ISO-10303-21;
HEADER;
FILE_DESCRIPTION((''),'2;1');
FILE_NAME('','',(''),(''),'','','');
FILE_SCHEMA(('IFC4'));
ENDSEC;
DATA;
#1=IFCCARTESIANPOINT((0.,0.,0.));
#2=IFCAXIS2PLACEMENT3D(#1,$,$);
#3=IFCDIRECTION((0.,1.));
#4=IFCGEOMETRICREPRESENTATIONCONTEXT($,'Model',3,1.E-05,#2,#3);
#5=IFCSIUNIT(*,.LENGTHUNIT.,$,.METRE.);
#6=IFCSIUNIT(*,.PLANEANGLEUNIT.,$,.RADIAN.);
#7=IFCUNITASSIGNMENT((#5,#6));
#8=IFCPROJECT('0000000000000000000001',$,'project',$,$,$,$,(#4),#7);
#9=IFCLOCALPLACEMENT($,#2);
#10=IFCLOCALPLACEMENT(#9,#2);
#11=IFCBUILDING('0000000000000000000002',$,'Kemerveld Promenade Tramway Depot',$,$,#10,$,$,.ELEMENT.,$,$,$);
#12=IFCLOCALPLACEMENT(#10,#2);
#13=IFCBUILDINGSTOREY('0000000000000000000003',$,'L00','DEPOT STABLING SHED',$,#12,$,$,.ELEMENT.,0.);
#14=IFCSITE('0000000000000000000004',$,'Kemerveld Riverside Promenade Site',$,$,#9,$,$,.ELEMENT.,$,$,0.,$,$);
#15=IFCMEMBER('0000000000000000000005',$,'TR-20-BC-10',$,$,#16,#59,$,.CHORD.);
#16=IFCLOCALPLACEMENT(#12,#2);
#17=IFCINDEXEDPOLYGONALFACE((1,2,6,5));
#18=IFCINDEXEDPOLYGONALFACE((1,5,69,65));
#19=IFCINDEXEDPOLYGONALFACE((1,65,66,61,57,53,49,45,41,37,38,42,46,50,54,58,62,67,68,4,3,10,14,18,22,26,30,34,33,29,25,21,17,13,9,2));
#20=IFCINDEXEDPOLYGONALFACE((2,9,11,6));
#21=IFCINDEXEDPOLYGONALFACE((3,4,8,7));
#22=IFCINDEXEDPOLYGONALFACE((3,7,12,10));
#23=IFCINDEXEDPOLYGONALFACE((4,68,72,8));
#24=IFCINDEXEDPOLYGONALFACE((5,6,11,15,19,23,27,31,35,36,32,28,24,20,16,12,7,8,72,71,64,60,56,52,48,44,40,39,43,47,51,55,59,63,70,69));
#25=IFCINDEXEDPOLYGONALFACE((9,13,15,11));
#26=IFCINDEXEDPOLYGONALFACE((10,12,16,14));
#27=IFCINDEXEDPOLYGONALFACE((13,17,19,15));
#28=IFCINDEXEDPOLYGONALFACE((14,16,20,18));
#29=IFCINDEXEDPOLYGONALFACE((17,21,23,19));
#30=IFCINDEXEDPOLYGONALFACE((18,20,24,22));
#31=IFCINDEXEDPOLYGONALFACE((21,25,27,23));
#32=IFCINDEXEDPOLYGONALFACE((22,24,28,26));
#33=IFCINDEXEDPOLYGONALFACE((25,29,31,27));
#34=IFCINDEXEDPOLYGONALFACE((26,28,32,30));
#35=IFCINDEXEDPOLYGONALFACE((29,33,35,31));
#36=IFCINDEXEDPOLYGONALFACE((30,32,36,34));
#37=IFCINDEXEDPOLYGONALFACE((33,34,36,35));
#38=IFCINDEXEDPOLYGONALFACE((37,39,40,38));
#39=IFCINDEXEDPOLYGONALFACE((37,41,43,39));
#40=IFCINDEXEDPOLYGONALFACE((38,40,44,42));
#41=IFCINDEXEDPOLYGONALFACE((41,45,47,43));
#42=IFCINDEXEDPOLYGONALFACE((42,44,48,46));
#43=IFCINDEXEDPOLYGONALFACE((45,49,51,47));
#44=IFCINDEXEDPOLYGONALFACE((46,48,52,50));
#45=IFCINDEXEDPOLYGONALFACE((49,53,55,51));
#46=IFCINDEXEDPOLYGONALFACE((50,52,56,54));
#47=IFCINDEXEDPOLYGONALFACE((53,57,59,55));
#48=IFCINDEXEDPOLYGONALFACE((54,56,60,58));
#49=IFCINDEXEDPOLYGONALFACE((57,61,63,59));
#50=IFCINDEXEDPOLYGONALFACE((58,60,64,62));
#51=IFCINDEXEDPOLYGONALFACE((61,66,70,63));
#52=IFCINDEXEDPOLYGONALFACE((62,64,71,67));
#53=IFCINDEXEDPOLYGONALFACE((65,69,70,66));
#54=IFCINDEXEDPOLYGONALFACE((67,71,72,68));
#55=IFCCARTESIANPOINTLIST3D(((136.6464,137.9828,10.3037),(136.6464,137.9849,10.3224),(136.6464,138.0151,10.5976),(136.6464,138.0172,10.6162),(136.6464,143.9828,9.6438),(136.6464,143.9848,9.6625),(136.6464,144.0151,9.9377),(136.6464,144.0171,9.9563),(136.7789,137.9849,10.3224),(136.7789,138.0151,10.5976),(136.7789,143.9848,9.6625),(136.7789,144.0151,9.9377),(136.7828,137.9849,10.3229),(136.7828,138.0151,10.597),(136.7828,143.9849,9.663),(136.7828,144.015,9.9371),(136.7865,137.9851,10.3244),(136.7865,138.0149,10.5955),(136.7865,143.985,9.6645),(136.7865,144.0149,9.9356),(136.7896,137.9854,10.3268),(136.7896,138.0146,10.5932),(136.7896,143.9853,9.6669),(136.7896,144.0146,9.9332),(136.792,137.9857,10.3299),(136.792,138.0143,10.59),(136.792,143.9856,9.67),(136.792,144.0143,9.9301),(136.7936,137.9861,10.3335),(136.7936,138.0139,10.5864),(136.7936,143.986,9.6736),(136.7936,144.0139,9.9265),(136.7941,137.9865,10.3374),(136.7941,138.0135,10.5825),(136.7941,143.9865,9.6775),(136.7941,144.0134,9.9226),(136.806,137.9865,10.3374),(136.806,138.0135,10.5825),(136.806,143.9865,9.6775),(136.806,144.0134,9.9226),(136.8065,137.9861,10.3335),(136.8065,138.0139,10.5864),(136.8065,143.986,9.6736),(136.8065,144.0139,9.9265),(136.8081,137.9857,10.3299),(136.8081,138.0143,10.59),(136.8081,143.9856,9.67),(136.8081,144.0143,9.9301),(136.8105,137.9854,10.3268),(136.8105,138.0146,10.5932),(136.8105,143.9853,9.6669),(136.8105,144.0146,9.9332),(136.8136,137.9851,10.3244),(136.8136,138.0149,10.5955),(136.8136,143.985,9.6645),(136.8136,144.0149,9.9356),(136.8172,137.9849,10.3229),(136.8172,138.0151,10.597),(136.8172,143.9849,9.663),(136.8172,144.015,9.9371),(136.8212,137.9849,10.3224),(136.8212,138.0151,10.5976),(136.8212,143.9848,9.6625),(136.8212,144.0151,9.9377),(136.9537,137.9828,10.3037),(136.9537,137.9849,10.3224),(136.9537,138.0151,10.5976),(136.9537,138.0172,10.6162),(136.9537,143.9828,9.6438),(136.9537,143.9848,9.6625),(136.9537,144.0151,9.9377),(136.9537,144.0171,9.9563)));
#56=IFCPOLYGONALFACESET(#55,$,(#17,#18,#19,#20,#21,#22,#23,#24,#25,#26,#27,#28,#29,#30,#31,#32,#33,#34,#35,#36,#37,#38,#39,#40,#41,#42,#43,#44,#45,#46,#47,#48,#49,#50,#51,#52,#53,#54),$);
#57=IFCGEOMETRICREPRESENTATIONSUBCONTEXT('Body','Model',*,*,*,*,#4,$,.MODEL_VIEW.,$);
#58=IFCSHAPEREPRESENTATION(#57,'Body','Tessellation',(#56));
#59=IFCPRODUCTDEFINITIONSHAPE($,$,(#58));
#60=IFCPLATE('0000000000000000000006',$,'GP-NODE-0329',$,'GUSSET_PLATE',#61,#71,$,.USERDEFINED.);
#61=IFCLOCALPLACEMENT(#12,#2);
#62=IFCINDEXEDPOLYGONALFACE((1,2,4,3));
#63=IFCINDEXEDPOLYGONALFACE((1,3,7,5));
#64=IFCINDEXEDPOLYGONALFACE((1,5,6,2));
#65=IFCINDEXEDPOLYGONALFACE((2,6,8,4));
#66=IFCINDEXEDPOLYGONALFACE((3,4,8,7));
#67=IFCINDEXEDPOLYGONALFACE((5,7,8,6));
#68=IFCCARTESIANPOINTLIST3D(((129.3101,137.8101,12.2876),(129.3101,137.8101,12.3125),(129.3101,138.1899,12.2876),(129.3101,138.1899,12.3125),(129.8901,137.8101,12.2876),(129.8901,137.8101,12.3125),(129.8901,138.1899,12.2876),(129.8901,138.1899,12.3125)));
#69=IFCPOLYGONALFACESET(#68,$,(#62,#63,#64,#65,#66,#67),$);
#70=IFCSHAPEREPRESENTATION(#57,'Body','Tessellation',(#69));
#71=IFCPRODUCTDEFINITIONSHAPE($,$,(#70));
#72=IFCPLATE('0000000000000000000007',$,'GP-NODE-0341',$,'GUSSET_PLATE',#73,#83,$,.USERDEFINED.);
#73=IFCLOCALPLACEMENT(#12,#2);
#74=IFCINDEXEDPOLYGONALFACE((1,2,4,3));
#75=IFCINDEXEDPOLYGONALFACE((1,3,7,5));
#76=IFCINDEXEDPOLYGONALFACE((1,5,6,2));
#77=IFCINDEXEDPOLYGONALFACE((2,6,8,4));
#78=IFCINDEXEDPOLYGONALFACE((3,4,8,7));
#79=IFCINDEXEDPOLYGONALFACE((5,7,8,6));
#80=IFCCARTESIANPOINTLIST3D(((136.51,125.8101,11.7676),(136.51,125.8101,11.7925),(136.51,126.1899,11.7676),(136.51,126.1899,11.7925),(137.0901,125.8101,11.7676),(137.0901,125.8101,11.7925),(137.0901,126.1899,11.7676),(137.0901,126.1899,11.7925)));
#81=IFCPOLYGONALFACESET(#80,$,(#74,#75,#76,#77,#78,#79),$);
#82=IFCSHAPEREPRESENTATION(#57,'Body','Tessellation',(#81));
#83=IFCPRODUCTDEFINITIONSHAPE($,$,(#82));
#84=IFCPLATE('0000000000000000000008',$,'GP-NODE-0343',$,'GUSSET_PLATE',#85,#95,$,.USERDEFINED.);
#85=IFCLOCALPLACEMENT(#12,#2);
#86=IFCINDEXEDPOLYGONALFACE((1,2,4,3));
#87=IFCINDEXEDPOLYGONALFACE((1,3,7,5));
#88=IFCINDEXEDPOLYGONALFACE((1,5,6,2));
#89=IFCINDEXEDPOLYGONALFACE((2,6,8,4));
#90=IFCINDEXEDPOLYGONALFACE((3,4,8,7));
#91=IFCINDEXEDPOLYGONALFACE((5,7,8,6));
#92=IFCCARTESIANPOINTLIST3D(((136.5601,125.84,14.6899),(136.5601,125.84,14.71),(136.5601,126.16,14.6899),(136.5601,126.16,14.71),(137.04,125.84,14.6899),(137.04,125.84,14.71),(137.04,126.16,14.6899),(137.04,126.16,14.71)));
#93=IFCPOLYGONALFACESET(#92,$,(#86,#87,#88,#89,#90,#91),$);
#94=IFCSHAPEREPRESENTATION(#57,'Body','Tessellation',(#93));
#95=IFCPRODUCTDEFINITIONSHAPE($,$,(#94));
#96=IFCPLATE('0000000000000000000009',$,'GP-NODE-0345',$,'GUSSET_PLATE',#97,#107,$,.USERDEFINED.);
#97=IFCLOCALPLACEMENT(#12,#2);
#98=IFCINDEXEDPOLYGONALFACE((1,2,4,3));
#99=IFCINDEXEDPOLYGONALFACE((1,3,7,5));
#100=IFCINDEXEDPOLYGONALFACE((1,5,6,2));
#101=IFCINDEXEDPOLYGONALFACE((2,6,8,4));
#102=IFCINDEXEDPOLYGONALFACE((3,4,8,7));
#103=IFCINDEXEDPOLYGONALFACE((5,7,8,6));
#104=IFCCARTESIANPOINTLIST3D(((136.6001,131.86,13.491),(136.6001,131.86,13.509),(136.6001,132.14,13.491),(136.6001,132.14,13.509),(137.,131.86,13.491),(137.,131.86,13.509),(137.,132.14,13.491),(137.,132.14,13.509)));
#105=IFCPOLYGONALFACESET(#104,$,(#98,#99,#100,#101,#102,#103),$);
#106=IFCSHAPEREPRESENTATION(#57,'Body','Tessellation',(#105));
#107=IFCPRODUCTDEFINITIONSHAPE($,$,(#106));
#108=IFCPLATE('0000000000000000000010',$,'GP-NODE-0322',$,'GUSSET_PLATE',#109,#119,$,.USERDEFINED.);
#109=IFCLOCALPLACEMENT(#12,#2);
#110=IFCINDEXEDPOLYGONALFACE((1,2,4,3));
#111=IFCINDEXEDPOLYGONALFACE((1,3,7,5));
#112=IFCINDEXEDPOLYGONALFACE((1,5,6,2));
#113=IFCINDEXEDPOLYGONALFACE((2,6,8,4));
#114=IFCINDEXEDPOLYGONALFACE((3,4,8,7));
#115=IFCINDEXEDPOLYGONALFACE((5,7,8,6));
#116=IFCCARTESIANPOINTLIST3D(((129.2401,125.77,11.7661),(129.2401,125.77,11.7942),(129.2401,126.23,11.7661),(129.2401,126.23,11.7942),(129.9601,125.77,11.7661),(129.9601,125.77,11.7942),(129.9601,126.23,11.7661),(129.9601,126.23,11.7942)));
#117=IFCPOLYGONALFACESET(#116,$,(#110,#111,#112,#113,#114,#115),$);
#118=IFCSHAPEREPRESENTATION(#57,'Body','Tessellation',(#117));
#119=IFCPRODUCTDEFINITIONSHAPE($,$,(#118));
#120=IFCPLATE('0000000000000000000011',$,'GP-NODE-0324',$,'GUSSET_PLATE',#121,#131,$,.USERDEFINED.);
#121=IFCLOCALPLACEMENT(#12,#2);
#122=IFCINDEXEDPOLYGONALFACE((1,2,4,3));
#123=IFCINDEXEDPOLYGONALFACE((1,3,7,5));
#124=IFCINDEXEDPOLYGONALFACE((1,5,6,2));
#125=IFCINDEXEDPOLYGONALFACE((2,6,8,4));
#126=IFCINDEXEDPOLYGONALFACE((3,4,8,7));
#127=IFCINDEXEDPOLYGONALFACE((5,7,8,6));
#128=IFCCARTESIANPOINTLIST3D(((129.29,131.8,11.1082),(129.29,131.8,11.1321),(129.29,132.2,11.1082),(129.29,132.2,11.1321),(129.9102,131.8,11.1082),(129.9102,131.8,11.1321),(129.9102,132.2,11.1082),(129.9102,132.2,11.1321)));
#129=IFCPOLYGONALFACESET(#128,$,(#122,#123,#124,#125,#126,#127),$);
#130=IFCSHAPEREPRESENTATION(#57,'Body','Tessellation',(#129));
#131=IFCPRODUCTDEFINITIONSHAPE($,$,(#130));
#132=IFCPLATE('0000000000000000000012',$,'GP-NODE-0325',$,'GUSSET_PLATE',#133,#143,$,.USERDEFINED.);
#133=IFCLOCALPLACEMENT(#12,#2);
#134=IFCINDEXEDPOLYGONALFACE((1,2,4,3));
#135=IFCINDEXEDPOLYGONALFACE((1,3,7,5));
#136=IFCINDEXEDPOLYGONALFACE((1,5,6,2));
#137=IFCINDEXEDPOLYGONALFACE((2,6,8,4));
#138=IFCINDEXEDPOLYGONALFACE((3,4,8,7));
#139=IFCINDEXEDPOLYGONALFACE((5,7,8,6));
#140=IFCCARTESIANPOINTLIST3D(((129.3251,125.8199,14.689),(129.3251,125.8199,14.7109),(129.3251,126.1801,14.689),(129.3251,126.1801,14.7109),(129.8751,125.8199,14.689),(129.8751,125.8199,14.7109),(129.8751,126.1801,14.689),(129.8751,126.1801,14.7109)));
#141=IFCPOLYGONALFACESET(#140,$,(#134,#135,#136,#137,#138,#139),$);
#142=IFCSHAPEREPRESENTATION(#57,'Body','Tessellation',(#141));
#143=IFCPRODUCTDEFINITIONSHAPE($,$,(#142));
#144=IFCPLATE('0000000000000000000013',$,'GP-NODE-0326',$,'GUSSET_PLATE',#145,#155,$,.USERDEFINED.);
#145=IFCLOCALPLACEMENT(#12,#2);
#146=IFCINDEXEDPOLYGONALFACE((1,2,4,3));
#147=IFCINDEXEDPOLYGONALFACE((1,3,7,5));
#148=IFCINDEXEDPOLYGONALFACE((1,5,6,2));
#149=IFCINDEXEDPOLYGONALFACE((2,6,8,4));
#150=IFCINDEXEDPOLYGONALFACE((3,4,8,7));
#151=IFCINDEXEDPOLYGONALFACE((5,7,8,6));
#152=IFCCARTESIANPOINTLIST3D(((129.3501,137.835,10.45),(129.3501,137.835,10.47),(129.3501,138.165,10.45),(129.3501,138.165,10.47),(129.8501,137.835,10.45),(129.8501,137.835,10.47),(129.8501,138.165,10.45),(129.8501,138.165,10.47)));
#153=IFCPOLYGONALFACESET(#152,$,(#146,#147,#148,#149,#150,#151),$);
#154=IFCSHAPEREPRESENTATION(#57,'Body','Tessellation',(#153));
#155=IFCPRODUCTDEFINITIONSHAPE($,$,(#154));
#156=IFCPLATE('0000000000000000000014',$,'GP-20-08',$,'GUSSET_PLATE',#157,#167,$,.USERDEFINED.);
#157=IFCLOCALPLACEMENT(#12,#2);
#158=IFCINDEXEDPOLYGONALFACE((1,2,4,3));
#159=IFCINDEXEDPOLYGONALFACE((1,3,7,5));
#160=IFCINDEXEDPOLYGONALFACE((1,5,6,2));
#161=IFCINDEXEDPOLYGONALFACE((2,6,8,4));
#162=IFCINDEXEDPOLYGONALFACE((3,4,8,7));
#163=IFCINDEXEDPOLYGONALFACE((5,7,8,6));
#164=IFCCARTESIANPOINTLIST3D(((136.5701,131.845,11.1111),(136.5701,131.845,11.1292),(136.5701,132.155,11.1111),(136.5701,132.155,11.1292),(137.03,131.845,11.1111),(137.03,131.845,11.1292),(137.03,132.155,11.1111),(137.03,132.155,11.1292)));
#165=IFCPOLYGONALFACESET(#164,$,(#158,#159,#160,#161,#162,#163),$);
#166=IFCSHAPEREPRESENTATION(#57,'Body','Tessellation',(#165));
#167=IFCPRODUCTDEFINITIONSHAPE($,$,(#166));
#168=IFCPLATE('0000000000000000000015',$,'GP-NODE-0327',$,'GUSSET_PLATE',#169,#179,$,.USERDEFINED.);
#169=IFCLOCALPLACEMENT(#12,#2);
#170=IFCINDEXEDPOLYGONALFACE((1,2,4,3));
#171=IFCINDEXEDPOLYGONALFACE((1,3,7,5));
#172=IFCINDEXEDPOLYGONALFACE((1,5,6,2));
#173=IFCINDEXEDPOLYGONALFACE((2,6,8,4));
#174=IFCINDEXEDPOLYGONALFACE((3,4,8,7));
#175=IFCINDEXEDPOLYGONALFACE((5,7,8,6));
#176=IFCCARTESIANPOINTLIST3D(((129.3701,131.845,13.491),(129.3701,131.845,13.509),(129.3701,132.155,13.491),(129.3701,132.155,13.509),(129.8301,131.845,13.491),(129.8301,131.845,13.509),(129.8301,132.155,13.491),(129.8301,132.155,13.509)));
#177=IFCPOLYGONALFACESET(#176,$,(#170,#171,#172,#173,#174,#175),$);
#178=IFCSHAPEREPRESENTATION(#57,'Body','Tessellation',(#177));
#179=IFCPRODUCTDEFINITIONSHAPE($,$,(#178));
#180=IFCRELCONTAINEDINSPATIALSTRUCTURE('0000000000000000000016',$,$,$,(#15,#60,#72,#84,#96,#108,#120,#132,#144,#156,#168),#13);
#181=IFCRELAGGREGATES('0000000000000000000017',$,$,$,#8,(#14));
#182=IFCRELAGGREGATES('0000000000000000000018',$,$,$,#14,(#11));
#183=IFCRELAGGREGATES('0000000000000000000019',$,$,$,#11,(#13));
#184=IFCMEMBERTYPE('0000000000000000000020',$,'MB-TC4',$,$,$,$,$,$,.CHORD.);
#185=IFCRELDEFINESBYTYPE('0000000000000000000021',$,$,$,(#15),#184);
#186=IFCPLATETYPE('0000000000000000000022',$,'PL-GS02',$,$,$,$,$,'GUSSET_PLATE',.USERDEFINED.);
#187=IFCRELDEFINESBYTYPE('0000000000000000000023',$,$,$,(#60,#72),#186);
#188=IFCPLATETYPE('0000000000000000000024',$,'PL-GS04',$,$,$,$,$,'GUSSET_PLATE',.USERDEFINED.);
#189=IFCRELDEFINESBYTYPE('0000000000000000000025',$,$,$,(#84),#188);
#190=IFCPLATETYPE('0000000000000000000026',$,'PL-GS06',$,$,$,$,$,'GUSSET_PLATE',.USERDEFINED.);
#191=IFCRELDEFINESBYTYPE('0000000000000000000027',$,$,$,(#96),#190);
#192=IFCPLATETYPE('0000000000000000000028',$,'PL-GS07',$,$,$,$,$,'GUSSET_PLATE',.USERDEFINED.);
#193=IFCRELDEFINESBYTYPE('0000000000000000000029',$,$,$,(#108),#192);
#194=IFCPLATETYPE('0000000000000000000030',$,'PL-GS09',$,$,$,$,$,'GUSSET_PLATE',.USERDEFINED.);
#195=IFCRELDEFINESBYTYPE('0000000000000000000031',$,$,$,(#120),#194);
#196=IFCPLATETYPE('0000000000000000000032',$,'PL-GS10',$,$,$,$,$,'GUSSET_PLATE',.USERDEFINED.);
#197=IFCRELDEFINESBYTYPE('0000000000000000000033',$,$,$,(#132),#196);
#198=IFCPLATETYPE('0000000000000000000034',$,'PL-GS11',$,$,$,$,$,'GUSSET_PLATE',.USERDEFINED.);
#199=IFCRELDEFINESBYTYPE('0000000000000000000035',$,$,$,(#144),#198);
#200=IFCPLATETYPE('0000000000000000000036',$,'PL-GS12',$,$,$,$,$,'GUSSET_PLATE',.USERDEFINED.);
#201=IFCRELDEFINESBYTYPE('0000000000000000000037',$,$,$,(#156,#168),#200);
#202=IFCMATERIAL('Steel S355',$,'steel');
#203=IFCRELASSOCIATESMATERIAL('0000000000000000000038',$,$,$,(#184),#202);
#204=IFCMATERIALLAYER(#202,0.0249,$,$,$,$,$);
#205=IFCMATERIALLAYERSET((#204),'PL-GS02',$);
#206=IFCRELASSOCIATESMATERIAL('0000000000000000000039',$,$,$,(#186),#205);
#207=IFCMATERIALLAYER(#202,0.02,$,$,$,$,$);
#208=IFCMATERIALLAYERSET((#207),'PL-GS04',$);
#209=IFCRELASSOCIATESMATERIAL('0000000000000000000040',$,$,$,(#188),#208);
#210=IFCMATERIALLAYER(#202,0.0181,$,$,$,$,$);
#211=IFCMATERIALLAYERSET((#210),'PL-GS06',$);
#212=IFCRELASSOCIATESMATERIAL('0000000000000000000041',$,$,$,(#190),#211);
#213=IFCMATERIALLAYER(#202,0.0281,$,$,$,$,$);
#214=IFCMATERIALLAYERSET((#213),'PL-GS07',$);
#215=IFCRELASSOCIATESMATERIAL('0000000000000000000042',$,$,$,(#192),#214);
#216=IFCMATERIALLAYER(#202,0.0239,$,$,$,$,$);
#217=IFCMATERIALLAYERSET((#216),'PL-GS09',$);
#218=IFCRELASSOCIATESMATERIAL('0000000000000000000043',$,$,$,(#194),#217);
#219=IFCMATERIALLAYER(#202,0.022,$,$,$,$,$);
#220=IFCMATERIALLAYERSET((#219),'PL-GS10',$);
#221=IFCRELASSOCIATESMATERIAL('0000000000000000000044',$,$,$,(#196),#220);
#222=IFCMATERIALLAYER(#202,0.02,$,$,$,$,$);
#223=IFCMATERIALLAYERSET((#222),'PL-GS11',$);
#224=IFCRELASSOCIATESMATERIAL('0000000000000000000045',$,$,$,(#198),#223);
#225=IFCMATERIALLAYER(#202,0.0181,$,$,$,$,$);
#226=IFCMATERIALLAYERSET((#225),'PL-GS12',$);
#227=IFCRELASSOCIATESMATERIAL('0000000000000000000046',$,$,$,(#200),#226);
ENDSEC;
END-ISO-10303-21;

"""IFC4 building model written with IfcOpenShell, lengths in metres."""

from ifc_helpers import new_model, si_unit, direction, frame, origin, origin_2d, place, context, subcontext, project, spatial, rectangle, i_section, extrude, material, layer, layer_set, material_profile, profile_set, type_object, element, save


model = new_model("IFC4")

# Units and contexts
model_context = context("Model", 3, precision=1e-05, world=origin(), true_north=direction((0.0, 1.0)))
body_context = subcontext(model_context, "Body", "Model", "MODEL_VIEW")
ifc_project = project(units=[si_unit("LENGTHUNIT", "METRE"), si_unit("PLANEANGLEUNIT", "RADIAN")], contexts=[model_context])

# Site, building, storey
site_placement = place(None, origin())
site = spatial("IfcSite", under=ifc_project, at=site_placement, Name="Kemerveld Riverside Promenade Site", CompositionType="ELEMENT", RefElevation=0.0)
building_placement = place(site_placement, origin())
building = spatial("IfcBuilding", under=site, at=building_placement, Name="Kemerveld Promenade Tramway Depot", CompositionType="ELEMENT")
storey_placement = place(building_placement, origin())
storey = spatial("IfcBuildingStorey", under=building, at=storey_placement, Name="L00", Description="DEPOT STABLING SHED", CompositionType="ELEMENT", Elevation=0.0)

# Member
ifc_material = material(Name="Steel S355", Category="steel")
ifc_material_profile_1 = material_profile(ifc_material, i_section(OverallWidth=0.3074, OverallDepth=0.3145, WebThickness=0.012, FlangeThickness=0.0188, FilletRadius=0.0151, at=origin_2d()), Name="305x305x118 UC")
ifc_profile_set_1 = profile_set([ifc_material_profile_1], Name="Steel S355")
member_type_1 = type_object("IfcMemberType", Name="MB-TC4", PredefinedType="CHORD", material=ifc_profile_set_1)
for number, where, z_axis, x_axis, name in (
    (1, (136.8, 138.0, 10.46), (0.0, 0.994006, -0.109326), (-1.0, 0.0, 0.0), "TR-20-BC-10"),
):
    element("IfcMember", number, at=place(storey_placement, frame(where, z_axis=z_axis, x_axis=x_axis)), inside=storey, type_object=member_type_1, Name=name, PredefinedType="CHORD", context=body_context, shape_type="SweptSolid", body=[
        extrude(i_section(OverallWidth=0.3074, OverallDepth=0.3145, WebThickness=0.012, FlangeThickness=0.0188, FilletRadius=0.0151, at=origin_2d()), origin(), (0.0, 0.0, 1.0), 6.0361),
    ])

# Plates
ifc_layer_1 = layer(ifc_material, 0.0249)
ifc_layer_set_1 = layer_set([ifc_layer_1], Name="PL-GS02")
plate_type_1 = type_object("IfcPlateType", Name="PL-GS02", ElementType="GUSSET_PLATE", PredefinedType="USERDEFINED", material=ifc_layer_set_1)
for number, where, z_axis, x_axis, name in (
    (2, (129.6001, 138.0, 12.2876), (0.0, 0.0, 1.0), (1.0, 0.0, 0.0), "GP-NODE-0329"),
    (3, (136.8, 126.0, 11.7676), (0.0, 0.0, 1.0), (1.0, 0.0, 0.0), "GP-NODE-0341"),
):
    element("IfcPlate", number, at=place(storey_placement, frame(where, z_axis=z_axis, x_axis=x_axis)), inside=storey, type_object=plate_type_1, Name=name, ObjectType="GUSSET_PLATE", PredefinedType="USERDEFINED", context=body_context, shape_type="SweptSolid", body=[
        extrude(rectangle(XDim=0.5801, YDim=0.3799, at=origin_2d()), origin(), (0.0, 0.0, 1.0), 0.0249),
    ])
ifc_layer_2 = layer(ifc_material, 0.02)
ifc_layer_set_2 = layer_set([ifc_layer_2], Name="PL-GS04")
plate_type_2 = type_object("IfcPlateType", Name="PL-GS04", ElementType="GUSSET_PLATE", PredefinedType="USERDEFINED", material=ifc_layer_set_2)
plate_1_placement = place(storey_placement, frame((136.8, 126.0, 14.6899), z_axis=(0.0, 0.0, 1.0), x_axis=(1.0, 0.0, 0.0)))
element("IfcPlate", 4, at=plate_1_placement, inside=storey, type_object=plate_type_2, Name="GP-NODE-0343", ObjectType="GUSSET_PLATE", PredefinedType="USERDEFINED", context=body_context, shape_type="SweptSolid", body=[
    extrude(rectangle(XDim=0.48, YDim=0.3201, at=origin_2d()), origin(), (0.0, 0.0, 1.0), 0.02),
])
ifc_layer_3 = layer(ifc_material, 0.0181)
ifc_layer_set_3 = layer_set([ifc_layer_3], Name="PL-GS06")
plate_type_3 = type_object("IfcPlateType", Name="PL-GS06", ElementType="GUSSET_PLATE", PredefinedType="USERDEFINED", material=ifc_layer_set_3)
plate_2_placement = place(storey_placement, frame((136.8, 132.0, 13.491), z_axis=(0.0, 0.0, 1.0), x_axis=(1.0, 0.0, 0.0)))
element("IfcPlate", 5, at=plate_2_placement, inside=storey, type_object=plate_type_3, Name="GP-NODE-0345", ObjectType="GUSSET_PLATE", PredefinedType="USERDEFINED", context=body_context, shape_type="SweptSolid", body=[
    extrude(rectangle(XDim=0.3999, YDim=0.28, at=origin_2d()), origin(), (0.0, 0.0, 1.0), 0.0181),
])
ifc_layer_4 = layer(ifc_material, 0.0281)
ifc_layer_set_4 = layer_set([ifc_layer_4], Name="PL-GS07")
plate_type_4 = type_object("IfcPlateType", Name="PL-GS07", ElementType="GUSSET_PLATE", PredefinedType="USERDEFINED", material=ifc_layer_set_4)
plate_3_placement = place(storey_placement, frame((129.6001, 126.0, 11.7661), z_axis=(0.0, 0.0, 1.0), x_axis=(1.0, 0.0, 0.0)))
element("IfcPlate", 6, at=plate_3_placement, inside=storey, type_object=plate_type_4, Name="GP-NODE-0322", ObjectType="GUSSET_PLATE", PredefinedType="USERDEFINED", context=body_context, shape_type="SweptSolid", body=[
    extrude(rectangle(XDim=0.72, YDim=0.46, at=origin_2d()), origin(), (0.0, 0.0, 1.0), 0.0281),
])
ifc_layer_5 = layer(ifc_material, 0.0239)
ifc_layer_set_5 = layer_set([ifc_layer_5], Name="PL-GS09")
plate_type_5 = type_object("IfcPlateType", Name="PL-GS09", ElementType="GUSSET_PLATE", PredefinedType="USERDEFINED", material=ifc_layer_set_5)
plate_4_placement = place(storey_placement, frame((129.6001, 132.0, 11.1082), z_axis=(0.0, 0.0, 1.0), x_axis=(1.0, 0.0, 0.0)))
element("IfcPlate", 7, at=plate_4_placement, inside=storey, type_object=plate_type_5, Name="GP-NODE-0324", ObjectType="GUSSET_PLATE", PredefinedType="USERDEFINED", context=body_context, shape_type="SweptSolid", body=[
    extrude(rectangle(XDim=0.6201, YDim=0.3999, at=origin_2d()), origin(), (0.0, 0.0, 1.0), 0.0239),
])
ifc_layer_6 = layer(ifc_material, 0.022)
ifc_layer_set_6 = layer_set([ifc_layer_6], Name="PL-GS10")
plate_type_6 = type_object("IfcPlateType", Name="PL-GS10", ElementType="GUSSET_PLATE", PredefinedType="USERDEFINED", material=ifc_layer_set_6)
plate_5_placement = place(storey_placement, frame((129.6001, 126.0, 14.689), z_axis=(0.0, 0.0, 1.0), x_axis=(1.0, 0.0, 0.0)))
element("IfcPlate", 8, at=plate_5_placement, inside=storey, type_object=plate_type_6, Name="GP-NODE-0325", ObjectType="GUSSET_PLATE", PredefinedType="USERDEFINED", context=body_context, shape_type="SweptSolid", body=[
    extrude(rectangle(XDim=0.55, YDim=0.3601, at=origin_2d()), origin(), (0.0, 0.0, 1.0), 0.022),
])
ifc_layer_7 = layer(ifc_material, 0.02)
ifc_layer_set_7 = layer_set([ifc_layer_7], Name="PL-GS11")
plate_type_7 = type_object("IfcPlateType", Name="PL-GS11", ElementType="GUSSET_PLATE", PredefinedType="USERDEFINED", material=ifc_layer_set_7)
plate_6_placement = place(storey_placement, frame((129.6001, 138.0, 10.45), z_axis=(0.0, 0.0, 1.0), x_axis=(1.0, 0.0, 0.0)))
element("IfcPlate", 9, at=plate_6_placement, inside=storey, type_object=plate_type_7, Name="GP-NODE-0326", ObjectType="GUSSET_PLATE", PredefinedType="USERDEFINED", context=body_context, shape_type="SweptSolid", body=[
    extrude(rectangle(XDim=0.5, YDim=0.3301, at=origin_2d()), origin(), (0.0, 0.0, 1.0), 0.02),
])
ifc_layer_8 = layer(ifc_material, 0.0181)
ifc_layer_set_8 = layer_set([ifc_layer_8], Name="PL-GS12")
plate_type_8 = type_object("IfcPlateType", Name="PL-GS12", ElementType="GUSSET_PLATE", PredefinedType="USERDEFINED", material=ifc_layer_set_8)
for number, where, z_axis, x_axis, name in (
    (10, (136.8, 132.0, 11.1111), (0.0, 0.0, 1.0), (1.0, 0.0, 0.0), "GP-20-08"),
    (11, (129.6001, 132.0, 13.491), (0.0, 0.0, 1.0), (1.0, 0.0, 0.0), "GP-NODE-0327"),
):
    element("IfcPlate", number, at=place(storey_placement, frame(where, z_axis=z_axis, x_axis=x_axis)), inside=storey, type_object=plate_type_8, Name=name, ObjectType="GUSSET_PLATE", PredefinedType="USERDEFINED", context=body_context, shape_type="SweptSolid", body=[
        extrude(rectangle(XDim=0.46, YDim=0.3101, at=origin_2d()), origin(), (0.0, 0.0, 1.0), 0.0181),
    ])

save(model, "model.ifc")
